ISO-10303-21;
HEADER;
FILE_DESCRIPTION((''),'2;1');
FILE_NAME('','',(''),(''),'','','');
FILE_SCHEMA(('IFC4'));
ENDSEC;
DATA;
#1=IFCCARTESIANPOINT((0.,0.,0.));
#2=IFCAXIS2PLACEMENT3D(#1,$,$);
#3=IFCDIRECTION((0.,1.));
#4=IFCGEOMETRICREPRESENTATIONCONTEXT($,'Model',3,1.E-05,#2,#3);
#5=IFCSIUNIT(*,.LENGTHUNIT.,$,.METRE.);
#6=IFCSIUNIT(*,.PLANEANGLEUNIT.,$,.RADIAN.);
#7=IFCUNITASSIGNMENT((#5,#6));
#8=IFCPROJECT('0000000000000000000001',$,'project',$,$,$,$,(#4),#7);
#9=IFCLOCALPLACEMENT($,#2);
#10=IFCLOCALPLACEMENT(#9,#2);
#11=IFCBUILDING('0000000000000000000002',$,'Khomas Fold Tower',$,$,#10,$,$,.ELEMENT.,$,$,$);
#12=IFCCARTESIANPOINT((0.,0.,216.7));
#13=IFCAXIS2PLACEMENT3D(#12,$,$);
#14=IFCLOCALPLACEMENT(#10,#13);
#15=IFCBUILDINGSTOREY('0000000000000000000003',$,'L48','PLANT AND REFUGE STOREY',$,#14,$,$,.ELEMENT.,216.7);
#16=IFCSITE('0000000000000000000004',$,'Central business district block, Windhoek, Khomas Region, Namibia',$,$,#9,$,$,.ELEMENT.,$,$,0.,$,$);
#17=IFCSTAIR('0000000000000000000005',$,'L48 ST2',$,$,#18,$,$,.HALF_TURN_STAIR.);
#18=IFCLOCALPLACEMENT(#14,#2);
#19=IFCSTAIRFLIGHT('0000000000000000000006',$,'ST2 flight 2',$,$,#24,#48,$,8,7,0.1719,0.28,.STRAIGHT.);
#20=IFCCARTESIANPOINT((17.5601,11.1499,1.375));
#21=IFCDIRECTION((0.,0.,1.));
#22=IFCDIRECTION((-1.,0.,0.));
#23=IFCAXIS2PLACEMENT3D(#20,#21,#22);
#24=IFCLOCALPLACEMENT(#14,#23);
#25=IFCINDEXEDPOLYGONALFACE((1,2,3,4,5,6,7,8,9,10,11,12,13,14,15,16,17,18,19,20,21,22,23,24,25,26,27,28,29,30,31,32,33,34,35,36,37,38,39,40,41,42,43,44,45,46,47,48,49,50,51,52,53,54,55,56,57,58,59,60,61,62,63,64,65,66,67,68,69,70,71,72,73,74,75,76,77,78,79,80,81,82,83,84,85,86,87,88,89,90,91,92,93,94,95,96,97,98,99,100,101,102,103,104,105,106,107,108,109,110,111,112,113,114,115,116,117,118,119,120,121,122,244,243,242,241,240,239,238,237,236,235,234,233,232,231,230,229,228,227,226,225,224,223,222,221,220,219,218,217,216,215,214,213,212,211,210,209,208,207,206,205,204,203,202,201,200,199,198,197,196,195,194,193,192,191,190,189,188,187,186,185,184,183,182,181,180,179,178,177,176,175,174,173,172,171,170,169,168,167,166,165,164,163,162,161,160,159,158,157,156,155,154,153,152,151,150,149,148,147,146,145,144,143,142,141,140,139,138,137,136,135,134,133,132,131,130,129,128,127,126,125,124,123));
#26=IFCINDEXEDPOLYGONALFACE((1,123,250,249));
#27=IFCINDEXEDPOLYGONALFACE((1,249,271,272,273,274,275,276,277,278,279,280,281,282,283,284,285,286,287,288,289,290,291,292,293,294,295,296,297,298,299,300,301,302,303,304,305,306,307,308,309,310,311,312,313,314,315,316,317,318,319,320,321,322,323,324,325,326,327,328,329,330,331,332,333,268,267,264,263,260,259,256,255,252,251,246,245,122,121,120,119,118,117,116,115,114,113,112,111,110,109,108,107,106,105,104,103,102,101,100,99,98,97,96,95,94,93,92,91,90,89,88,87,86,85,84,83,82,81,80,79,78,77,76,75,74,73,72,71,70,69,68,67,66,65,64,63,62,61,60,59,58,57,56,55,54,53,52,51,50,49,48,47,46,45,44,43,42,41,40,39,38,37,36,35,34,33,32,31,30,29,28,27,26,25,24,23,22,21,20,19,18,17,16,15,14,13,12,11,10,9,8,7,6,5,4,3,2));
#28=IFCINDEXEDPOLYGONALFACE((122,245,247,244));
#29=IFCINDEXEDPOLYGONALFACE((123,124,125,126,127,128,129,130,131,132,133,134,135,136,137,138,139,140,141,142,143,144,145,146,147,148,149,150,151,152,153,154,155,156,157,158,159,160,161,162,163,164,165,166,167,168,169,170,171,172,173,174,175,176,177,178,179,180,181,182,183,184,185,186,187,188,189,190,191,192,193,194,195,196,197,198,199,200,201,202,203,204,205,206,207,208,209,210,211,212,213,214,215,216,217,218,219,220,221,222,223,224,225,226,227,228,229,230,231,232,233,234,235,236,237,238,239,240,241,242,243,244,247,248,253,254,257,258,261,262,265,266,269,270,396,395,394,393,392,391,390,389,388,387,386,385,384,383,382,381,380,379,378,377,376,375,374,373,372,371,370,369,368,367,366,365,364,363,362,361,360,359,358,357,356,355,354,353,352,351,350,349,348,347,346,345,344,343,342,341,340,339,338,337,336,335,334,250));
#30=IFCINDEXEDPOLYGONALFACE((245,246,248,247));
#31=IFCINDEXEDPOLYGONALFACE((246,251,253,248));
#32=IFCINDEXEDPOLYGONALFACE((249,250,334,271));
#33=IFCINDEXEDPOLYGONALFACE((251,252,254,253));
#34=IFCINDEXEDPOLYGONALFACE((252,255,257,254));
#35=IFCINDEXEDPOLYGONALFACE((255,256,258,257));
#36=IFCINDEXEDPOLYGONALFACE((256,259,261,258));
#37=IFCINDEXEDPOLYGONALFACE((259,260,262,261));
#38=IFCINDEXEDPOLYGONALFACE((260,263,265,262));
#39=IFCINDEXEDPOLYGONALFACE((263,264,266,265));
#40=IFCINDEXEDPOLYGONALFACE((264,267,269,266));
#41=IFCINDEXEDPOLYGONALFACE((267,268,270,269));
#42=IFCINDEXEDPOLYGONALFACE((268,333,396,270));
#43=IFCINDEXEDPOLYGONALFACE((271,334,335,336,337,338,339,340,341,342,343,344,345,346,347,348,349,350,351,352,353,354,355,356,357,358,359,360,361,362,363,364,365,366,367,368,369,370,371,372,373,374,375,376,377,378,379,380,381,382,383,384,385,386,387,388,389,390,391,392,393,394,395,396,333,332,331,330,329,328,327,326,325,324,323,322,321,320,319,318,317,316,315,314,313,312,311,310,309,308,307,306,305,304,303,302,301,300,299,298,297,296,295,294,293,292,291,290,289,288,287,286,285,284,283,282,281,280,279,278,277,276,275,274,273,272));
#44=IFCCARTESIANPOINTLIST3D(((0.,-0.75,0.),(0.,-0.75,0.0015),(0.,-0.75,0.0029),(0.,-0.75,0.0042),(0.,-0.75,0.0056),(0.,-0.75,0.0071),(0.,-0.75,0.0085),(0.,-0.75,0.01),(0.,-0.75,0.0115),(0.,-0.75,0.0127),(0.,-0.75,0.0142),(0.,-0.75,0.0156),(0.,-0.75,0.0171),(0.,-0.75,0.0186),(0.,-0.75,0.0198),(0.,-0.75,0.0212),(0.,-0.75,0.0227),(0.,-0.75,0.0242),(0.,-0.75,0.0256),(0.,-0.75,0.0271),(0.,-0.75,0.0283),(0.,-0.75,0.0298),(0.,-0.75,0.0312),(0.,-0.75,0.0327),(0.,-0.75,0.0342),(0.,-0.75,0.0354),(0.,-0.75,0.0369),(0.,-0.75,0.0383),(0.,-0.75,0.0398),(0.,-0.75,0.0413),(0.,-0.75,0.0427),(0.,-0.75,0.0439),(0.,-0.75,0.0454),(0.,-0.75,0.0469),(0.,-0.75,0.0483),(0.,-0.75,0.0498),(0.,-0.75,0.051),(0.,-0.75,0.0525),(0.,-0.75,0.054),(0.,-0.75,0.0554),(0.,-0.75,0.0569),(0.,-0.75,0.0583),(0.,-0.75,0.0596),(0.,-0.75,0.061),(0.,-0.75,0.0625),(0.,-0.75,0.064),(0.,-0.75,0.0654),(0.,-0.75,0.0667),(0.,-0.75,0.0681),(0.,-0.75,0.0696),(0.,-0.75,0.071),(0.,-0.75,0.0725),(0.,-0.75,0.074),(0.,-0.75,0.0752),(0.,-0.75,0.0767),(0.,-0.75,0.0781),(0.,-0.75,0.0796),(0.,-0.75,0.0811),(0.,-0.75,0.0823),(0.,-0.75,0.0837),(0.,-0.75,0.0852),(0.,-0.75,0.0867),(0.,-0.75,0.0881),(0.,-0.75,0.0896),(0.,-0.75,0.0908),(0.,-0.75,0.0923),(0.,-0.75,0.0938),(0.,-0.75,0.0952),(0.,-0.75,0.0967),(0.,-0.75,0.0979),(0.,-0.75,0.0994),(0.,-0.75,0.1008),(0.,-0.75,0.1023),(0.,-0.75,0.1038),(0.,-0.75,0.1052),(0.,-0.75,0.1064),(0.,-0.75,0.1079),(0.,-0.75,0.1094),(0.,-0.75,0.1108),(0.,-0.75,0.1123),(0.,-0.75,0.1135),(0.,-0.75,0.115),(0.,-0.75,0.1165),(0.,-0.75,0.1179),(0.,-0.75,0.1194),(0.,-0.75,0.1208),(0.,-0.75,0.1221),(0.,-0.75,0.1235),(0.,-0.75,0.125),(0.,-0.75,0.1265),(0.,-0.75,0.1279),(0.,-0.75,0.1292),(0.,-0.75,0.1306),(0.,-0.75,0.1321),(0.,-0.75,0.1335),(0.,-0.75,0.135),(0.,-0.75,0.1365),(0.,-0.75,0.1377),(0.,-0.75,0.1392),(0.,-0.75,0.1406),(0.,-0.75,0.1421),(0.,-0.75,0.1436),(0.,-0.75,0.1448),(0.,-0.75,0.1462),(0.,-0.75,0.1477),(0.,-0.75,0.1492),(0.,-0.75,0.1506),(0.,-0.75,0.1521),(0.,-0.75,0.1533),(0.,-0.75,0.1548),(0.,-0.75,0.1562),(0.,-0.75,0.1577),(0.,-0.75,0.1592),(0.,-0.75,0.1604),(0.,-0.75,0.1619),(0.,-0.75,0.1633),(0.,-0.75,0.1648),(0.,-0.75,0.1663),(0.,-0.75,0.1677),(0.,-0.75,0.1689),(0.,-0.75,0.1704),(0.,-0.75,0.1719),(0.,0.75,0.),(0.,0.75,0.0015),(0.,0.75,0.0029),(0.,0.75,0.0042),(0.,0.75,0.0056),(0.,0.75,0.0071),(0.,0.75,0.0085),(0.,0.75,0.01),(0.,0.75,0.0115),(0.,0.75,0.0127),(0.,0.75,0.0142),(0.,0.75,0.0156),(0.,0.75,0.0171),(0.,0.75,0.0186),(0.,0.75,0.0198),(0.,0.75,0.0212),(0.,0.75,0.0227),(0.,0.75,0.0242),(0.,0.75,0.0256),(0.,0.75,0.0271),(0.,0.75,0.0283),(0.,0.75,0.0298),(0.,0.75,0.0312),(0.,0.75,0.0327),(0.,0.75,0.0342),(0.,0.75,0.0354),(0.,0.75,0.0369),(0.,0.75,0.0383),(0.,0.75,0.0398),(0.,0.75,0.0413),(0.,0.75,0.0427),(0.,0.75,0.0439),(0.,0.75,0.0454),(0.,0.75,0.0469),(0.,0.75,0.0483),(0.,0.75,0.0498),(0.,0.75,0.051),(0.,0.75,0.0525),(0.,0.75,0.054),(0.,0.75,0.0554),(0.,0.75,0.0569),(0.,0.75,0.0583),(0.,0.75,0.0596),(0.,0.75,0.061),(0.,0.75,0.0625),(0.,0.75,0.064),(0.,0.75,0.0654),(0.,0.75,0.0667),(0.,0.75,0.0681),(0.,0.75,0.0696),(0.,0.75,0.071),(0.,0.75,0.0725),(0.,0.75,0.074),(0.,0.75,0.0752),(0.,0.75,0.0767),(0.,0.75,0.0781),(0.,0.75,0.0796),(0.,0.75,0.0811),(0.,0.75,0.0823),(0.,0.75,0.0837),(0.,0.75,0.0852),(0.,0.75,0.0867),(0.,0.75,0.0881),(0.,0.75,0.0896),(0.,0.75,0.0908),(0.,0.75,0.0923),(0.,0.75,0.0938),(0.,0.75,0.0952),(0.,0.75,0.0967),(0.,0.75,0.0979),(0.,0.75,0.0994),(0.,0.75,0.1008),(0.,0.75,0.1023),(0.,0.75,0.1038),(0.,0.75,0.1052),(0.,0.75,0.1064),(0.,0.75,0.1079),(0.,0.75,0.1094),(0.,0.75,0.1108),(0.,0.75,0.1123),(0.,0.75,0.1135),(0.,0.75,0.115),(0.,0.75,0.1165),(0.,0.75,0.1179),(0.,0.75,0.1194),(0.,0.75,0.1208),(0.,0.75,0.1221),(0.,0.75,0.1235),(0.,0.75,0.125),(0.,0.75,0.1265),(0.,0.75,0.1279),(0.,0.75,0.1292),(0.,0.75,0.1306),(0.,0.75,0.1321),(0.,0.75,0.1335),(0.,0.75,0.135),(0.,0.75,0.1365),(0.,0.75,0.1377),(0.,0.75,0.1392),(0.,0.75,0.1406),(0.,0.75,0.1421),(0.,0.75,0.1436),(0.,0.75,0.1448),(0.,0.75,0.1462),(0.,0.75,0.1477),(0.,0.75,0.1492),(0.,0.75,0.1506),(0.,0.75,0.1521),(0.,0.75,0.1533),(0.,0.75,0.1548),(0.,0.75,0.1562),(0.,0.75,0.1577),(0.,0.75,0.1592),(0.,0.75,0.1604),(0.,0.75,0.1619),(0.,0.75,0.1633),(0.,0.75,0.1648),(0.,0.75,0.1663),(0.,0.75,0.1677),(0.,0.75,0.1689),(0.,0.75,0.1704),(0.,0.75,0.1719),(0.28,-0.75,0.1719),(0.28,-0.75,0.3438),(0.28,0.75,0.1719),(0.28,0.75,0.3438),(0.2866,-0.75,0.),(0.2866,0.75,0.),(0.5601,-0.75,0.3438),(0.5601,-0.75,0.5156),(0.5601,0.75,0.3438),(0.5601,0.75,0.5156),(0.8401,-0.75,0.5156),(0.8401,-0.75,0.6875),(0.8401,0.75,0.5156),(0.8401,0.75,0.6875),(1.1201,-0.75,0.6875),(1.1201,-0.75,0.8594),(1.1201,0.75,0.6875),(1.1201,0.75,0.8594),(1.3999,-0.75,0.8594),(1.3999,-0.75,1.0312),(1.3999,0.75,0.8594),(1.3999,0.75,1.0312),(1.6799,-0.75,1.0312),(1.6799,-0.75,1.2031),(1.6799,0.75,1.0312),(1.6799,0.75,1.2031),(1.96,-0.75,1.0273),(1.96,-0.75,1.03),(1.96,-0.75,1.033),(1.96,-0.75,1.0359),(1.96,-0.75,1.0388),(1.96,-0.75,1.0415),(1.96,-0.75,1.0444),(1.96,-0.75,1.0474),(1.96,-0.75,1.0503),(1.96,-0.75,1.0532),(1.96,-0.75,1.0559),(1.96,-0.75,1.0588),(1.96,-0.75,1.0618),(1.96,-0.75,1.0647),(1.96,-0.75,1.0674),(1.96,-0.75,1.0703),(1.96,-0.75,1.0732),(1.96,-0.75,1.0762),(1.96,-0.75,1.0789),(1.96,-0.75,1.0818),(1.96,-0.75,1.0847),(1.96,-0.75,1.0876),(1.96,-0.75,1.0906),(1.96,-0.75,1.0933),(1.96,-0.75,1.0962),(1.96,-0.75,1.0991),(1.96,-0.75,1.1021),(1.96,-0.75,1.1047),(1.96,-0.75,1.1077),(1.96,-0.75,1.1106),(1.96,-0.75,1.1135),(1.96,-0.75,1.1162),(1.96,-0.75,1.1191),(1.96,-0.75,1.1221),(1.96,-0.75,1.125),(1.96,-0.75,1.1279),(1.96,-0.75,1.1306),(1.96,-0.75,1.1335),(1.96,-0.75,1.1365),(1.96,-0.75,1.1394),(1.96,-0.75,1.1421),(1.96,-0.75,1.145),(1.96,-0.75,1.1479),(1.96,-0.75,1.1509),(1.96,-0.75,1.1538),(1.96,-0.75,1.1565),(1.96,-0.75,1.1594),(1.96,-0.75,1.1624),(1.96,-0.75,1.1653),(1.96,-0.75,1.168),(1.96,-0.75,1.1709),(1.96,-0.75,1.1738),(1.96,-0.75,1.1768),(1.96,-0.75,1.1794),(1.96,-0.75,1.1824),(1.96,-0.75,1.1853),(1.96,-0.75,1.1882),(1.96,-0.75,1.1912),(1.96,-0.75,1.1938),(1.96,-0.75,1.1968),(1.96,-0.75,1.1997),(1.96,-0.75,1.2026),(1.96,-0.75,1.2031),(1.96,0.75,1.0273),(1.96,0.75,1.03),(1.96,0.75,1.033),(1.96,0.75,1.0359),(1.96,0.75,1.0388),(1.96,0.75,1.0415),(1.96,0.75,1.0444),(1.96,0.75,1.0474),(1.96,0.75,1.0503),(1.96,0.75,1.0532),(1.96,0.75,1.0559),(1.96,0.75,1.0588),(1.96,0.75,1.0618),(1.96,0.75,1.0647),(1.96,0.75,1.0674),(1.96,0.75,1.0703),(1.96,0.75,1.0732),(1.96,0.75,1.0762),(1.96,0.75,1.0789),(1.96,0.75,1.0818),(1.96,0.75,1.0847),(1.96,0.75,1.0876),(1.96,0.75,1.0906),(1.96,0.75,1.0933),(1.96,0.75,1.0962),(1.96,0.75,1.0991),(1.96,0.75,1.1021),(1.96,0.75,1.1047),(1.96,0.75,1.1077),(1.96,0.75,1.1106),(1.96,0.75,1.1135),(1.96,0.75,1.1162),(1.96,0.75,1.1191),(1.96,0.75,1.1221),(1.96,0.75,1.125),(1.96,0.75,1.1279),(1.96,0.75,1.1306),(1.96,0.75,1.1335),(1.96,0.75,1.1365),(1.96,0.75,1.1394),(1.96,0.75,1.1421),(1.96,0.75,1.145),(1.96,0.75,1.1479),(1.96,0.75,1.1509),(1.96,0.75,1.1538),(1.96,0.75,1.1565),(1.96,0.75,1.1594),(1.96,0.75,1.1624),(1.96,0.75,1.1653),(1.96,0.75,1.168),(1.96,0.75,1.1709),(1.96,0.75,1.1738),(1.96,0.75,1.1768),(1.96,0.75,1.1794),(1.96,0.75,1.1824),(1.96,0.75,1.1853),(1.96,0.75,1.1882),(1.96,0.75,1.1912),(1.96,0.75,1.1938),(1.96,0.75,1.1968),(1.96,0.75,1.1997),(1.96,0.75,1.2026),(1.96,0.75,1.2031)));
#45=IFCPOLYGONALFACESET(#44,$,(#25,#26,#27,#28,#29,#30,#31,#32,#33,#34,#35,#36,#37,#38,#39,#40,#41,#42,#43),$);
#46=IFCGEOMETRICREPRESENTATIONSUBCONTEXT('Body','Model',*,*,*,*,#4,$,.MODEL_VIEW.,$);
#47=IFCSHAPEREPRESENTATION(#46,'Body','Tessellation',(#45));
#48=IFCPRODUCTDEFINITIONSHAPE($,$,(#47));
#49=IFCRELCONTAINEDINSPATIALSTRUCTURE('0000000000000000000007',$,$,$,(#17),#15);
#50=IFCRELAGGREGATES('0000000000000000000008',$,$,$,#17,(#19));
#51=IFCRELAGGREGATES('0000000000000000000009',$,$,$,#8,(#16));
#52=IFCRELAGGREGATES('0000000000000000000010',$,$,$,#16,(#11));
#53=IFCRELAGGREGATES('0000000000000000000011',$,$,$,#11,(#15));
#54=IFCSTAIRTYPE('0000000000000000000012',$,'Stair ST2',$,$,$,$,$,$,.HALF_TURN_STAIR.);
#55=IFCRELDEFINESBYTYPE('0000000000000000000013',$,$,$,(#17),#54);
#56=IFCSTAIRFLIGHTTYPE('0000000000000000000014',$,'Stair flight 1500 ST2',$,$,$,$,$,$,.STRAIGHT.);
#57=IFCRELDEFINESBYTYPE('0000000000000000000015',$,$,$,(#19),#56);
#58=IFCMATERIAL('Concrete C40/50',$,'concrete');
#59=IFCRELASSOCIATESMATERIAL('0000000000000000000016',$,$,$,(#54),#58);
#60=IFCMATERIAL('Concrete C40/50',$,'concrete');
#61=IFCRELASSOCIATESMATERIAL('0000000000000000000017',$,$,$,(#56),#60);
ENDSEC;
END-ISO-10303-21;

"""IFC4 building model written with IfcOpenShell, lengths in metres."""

from ifc_helpers import new_model, si_unit, direction, frame, origin, place, context, subcontext, project, spatial, polyline, outline, extrude, source, transform, mapped, material, type_object, element, aggregate, save


model = new_model("IFC4")

# Units and contexts
model_context = context("Model", 3, precision=1e-05, world=origin(), true_north=direction((0.0, 1.0)))
body_context = subcontext(model_context, "Body", "Model", "MODEL_VIEW")
ifc_project = project(units=[si_unit("LENGTHUNIT", "METRE"), si_unit("PLANEANGLEUNIT", "RADIAN")], contexts=[model_context])

# Site, building, storey
site_placement = place(None, origin())
site = spatial("IfcSite", under=ifc_project, at=site_placement, Name="Central business district block, Windhoek, Khomas Region, Namibia", CompositionType="ELEMENT", RefElevation=0.0)
building_placement = place(site_placement, origin())
building = spatial("IfcBuilding", under=site, at=building_placement, Name="Khomas Fold Tower", CompositionType="ELEMENT")
storey_placement = place(building_placement, frame((0.0, 0.0, 216.7)))
storey = spatial("IfcBuildingStorey", under=building, at=storey_placement, Name="L48", Description="PLANT AND REFUGE STOREY", CompositionType="ELEMENT", Elevation=216.7)

# Stair, stair flight
ifc_material_1 = material(Name="Concrete C40/50", Category="concrete")
stair_type = type_object("IfcStairType", Name="Stair ST2", PredefinedType="HALF_TURN_STAIR", material=ifc_material_1)
stair_placement = place(storey_placement, origin())
stair = element("IfcStair", 1, at=stair_placement, inside=storey, type_object=stair_type, Name="L48 ST2", PredefinedType="HALF_TURN_STAIR")
ifc_material_2 = material(Name="Concrete C40/50", Category="concrete")
stair_flight_type = type_object("IfcStairFlightType", Name="Stair flight 1500 ST2", PredefinedType="STRAIGHT", material=ifc_material_2)
shared_shape_1 = source(origin(), body_context, "Body", "SweptSolid", [
    extrude(outline(polyline([(0.0, 0.0), (0.0, 0.0015), (0.0, 0.0029), (0.0, 0.0042), (0.0, 0.0056), (0.0, 0.0071), (0.0, 0.0085), (0.0, 0.01), (0.0, 0.0115), (0.0, 0.0127), (0.0, 0.0142), (0.0, 0.0156), (0.0, 0.0171), (0.0, 0.0186), (0.0, 0.0198), (0.0, 0.0212), (0.0, 0.0227), (0.0, 0.0242), (0.0, 0.0256), (0.0, 0.0271), (0.0, 0.0283), (0.0, 0.0298), (0.0, 0.0312), (0.0, 0.0327), (0.0, 0.0342), (0.0, 0.0354), (0.0, 0.0369), (0.0, 0.0383), (0.0, 0.0398), (0.0, 0.0413), (0.0, 0.0427), (0.0, 0.0439), (0.0, 0.0454), (0.0, 0.0469), (0.0, 0.0483), (0.0, 0.0498), (0.0, 0.051), (0.0, 0.0525), (0.0, 0.054), (0.0, 0.0554), (0.0, 0.0569), (0.0, 0.0583), (0.0, 0.0596), (0.0, 0.061), (0.0, 0.0625), (0.0, 0.064), (0.0, 0.0654), (0.0, 0.0667), (0.0, 0.0681), (0.0, 0.0696), (0.0, 0.071), (0.0, 0.0725), (0.0, 0.074), (0.0, 0.0752), (0.0, 0.0767), (0.0, 0.0781), (0.0, 0.0796), (0.0, 0.0811), (0.0, 0.0823), (0.0, 0.0837), (0.0, 0.0852), (0.0, 0.0867), (0.0, 0.0881), (0.0, 0.0896), (0.0, 0.0908), (0.0, 0.0923), (0.0, 0.0938), (0.0, 0.0952), (0.0, 0.0967), (0.0, 0.0979), (0.0, 0.0994), (0.0, 0.1008), (0.0, 0.1023), (0.0, 0.1038), (0.0, 0.1052), (0.0, 0.1064), (0.0, 0.1079), (0.0, 0.1094), (0.0, 0.1108), (0.0, 0.1123), (0.0, 0.1135), (0.0, 0.115), (0.0, 0.1165), (0.0, 0.1179), (0.0, 0.1194), (0.0, 0.1208), (0.0, 0.1221), (0.0, 0.1235), (0.0, 0.125), (0.0, 0.1265), (0.0, 0.1279), (0.0, 0.1292), (0.0, 0.1306), (0.0, 0.1321), (0.0, 0.1335), (0.0, 0.135), (0.0, 0.1365), (0.0, 0.1377), (0.0, 0.1392), (0.0, 0.1406), (0.0, 0.1421), (0.0, 0.1436), (0.0, 0.1448), (0.0, 0.1462), (0.0, 0.1477), (0.0, 0.1492), (0.0, 0.1506), (0.0, 0.1521), (0.0, 0.1533), (0.0, 0.1548), (0.0, 0.1562), (0.0, 0.1577), (0.0, 0.1592), (0.0, 0.1604), (0.0, 0.1619), (0.0, 0.1633), (0.0, 0.1648), (0.0, 0.1663), (0.0, 0.1677), (0.0, 0.1689), (0.0, 0.1704), (0.0, 0.1719), (0.28, 0.1719), (0.28, 0.3438), (0.5601, 0.3438), (0.5601, 0.5156), (0.8401, 0.5156), (0.8401, 0.6875), (1.1201, 0.6875), (1.1201, 0.8594), (1.3999, 0.8594), (1.3999, 1.0312), (1.6799, 1.0312), (1.6799, 1.2031), (1.96, 1.2031), (1.96, 1.375), (1.96, 1.3721), (1.96, 1.3691), (1.96, 1.3665), (1.96, 1.3635), (1.96, 1.3606), (1.96, 1.3577), (1.96, 1.355), (1.96, 1.3521), (1.96, 1.3491), (1.96, 1.3462), (1.96, 1.3435), (1.96, 1.3406), (1.96, 1.3376), (1.96, 1.3347), (1.96, 1.3318), (1.96, 1.3291), (1.96, 1.3262), (1.96, 1.3232), (1.96, 1.3203), (1.96, 1.3176), (1.96, 1.3147), (1.96, 1.3118), (1.96, 1.3088), (1.96, 1.3059), (1.96, 1.3032), (1.96, 1.3003), (1.96, 1.2974), (1.96, 1.2944), (1.96, 1.2917), (1.96, 1.2888), (1.96, 1.2859), (1.96, 1.283), (1.96, 1.2803), (1.96, 1.2773), (1.96, 1.2744), (1.96, 1.2715), (1.96, 1.2686), (1.96, 1.2659), (1.96, 1.2629), (1.96, 1.26), (1.96, 1.2571), (1.96, 1.2544), (1.96, 1.2515), (1.96, 1.2485), (1.96, 1.2456), (1.96, 1.2427), (1.96, 1.24), (1.96, 1.2371), (1.96, 1.2341), (1.96, 1.2312), (1.96, 1.2285), (1.96, 1.2256), (1.96, 1.2227), (1.96, 1.2197), (1.96, 1.217), (1.96, 1.2141), (1.96, 1.2112), (1.96, 1.2083), (1.96, 1.2053), (1.96, 1.2026), (1.96, 1.1997), (1.96, 1.1968), (1.96, 1.1938), (1.96, 1.1912), (1.96, 1.1882), (1.96, 1.1853), (1.96, 1.1824), (1.96, 1.1794), (1.96, 1.1768), (1.96, 1.1738), (1.96, 1.1709), (1.96, 1.168), (1.96, 1.1653), (1.96, 1.1624), (1.96, 1.1594), (1.96, 1.1565), (1.96, 1.1538), (1.96, 1.1509), (1.96, 1.1479), (1.96, 1.145), (1.96, 1.1421), (1.96, 1.1394), (1.96, 1.1365), (1.96, 1.1335), (1.96, 1.1306), (1.96, 1.1279), (1.96, 1.125), (1.96, 1.1221), (1.96, 1.1191), (1.96, 1.1162), (1.96, 1.1135), (1.96, 1.1106), (1.96, 1.1077), (1.96, 1.1047), (1.96, 1.1021), (1.96, 1.0991), (1.96, 1.0962), (1.96, 1.0933), (1.96, 1.0906), (1.96, 1.0876), (1.96, 1.0847), (1.96, 1.0818), (1.96, 1.0789), (1.96, 1.0762), (1.96, 1.0732), (1.96, 1.0703), (1.96, 1.0674), (1.96, 1.0647), (1.96, 1.0618), (1.96, 1.0588), (1.96, 1.0559), (1.96, 1.0532), (1.96, 1.0503), (1.96, 1.0474), (1.96, 1.0444), (1.96, 1.0415), (1.96, 1.0388), (1.96, 1.0359), (1.96, 1.033), (1.96, 1.03), (1.96, 1.0273), (0.2866, 0.0), (0.0, 0.0)])), frame((0.0, 0.75, 0.0), z_axis=(0.0, -1.0, 0.0), x_axis=(1.0, 0.0, 0.0)), (0.0, 0.0, 1.0), 1.5),
])
stair_flight_1_placement = place(storey_placement, frame((17.5601, 11.1499, 1.375), z_axis=(0.0, 0.0, 1.0), x_axis=(-1.0, 0.0, 0.0)))
stair_flight_1 = element("IfcStairFlight", 2, at=stair_flight_1_placement, type_object=stair_flight_type, Name="ST2 flight 2", NumberOfRisers=8, NumberOfTreads=7, PredefinedType="STRAIGHT", RiserHeight=0.1719, TreadLength=0.28, context=body_context, shape_type="MappedRepresentation", body=[
    mapped(shared_shape_1, transform((0.0, 0.0, 0.0))),
])
aggregate(stair, [stair_flight_1])

save(model, "model.ifc")
